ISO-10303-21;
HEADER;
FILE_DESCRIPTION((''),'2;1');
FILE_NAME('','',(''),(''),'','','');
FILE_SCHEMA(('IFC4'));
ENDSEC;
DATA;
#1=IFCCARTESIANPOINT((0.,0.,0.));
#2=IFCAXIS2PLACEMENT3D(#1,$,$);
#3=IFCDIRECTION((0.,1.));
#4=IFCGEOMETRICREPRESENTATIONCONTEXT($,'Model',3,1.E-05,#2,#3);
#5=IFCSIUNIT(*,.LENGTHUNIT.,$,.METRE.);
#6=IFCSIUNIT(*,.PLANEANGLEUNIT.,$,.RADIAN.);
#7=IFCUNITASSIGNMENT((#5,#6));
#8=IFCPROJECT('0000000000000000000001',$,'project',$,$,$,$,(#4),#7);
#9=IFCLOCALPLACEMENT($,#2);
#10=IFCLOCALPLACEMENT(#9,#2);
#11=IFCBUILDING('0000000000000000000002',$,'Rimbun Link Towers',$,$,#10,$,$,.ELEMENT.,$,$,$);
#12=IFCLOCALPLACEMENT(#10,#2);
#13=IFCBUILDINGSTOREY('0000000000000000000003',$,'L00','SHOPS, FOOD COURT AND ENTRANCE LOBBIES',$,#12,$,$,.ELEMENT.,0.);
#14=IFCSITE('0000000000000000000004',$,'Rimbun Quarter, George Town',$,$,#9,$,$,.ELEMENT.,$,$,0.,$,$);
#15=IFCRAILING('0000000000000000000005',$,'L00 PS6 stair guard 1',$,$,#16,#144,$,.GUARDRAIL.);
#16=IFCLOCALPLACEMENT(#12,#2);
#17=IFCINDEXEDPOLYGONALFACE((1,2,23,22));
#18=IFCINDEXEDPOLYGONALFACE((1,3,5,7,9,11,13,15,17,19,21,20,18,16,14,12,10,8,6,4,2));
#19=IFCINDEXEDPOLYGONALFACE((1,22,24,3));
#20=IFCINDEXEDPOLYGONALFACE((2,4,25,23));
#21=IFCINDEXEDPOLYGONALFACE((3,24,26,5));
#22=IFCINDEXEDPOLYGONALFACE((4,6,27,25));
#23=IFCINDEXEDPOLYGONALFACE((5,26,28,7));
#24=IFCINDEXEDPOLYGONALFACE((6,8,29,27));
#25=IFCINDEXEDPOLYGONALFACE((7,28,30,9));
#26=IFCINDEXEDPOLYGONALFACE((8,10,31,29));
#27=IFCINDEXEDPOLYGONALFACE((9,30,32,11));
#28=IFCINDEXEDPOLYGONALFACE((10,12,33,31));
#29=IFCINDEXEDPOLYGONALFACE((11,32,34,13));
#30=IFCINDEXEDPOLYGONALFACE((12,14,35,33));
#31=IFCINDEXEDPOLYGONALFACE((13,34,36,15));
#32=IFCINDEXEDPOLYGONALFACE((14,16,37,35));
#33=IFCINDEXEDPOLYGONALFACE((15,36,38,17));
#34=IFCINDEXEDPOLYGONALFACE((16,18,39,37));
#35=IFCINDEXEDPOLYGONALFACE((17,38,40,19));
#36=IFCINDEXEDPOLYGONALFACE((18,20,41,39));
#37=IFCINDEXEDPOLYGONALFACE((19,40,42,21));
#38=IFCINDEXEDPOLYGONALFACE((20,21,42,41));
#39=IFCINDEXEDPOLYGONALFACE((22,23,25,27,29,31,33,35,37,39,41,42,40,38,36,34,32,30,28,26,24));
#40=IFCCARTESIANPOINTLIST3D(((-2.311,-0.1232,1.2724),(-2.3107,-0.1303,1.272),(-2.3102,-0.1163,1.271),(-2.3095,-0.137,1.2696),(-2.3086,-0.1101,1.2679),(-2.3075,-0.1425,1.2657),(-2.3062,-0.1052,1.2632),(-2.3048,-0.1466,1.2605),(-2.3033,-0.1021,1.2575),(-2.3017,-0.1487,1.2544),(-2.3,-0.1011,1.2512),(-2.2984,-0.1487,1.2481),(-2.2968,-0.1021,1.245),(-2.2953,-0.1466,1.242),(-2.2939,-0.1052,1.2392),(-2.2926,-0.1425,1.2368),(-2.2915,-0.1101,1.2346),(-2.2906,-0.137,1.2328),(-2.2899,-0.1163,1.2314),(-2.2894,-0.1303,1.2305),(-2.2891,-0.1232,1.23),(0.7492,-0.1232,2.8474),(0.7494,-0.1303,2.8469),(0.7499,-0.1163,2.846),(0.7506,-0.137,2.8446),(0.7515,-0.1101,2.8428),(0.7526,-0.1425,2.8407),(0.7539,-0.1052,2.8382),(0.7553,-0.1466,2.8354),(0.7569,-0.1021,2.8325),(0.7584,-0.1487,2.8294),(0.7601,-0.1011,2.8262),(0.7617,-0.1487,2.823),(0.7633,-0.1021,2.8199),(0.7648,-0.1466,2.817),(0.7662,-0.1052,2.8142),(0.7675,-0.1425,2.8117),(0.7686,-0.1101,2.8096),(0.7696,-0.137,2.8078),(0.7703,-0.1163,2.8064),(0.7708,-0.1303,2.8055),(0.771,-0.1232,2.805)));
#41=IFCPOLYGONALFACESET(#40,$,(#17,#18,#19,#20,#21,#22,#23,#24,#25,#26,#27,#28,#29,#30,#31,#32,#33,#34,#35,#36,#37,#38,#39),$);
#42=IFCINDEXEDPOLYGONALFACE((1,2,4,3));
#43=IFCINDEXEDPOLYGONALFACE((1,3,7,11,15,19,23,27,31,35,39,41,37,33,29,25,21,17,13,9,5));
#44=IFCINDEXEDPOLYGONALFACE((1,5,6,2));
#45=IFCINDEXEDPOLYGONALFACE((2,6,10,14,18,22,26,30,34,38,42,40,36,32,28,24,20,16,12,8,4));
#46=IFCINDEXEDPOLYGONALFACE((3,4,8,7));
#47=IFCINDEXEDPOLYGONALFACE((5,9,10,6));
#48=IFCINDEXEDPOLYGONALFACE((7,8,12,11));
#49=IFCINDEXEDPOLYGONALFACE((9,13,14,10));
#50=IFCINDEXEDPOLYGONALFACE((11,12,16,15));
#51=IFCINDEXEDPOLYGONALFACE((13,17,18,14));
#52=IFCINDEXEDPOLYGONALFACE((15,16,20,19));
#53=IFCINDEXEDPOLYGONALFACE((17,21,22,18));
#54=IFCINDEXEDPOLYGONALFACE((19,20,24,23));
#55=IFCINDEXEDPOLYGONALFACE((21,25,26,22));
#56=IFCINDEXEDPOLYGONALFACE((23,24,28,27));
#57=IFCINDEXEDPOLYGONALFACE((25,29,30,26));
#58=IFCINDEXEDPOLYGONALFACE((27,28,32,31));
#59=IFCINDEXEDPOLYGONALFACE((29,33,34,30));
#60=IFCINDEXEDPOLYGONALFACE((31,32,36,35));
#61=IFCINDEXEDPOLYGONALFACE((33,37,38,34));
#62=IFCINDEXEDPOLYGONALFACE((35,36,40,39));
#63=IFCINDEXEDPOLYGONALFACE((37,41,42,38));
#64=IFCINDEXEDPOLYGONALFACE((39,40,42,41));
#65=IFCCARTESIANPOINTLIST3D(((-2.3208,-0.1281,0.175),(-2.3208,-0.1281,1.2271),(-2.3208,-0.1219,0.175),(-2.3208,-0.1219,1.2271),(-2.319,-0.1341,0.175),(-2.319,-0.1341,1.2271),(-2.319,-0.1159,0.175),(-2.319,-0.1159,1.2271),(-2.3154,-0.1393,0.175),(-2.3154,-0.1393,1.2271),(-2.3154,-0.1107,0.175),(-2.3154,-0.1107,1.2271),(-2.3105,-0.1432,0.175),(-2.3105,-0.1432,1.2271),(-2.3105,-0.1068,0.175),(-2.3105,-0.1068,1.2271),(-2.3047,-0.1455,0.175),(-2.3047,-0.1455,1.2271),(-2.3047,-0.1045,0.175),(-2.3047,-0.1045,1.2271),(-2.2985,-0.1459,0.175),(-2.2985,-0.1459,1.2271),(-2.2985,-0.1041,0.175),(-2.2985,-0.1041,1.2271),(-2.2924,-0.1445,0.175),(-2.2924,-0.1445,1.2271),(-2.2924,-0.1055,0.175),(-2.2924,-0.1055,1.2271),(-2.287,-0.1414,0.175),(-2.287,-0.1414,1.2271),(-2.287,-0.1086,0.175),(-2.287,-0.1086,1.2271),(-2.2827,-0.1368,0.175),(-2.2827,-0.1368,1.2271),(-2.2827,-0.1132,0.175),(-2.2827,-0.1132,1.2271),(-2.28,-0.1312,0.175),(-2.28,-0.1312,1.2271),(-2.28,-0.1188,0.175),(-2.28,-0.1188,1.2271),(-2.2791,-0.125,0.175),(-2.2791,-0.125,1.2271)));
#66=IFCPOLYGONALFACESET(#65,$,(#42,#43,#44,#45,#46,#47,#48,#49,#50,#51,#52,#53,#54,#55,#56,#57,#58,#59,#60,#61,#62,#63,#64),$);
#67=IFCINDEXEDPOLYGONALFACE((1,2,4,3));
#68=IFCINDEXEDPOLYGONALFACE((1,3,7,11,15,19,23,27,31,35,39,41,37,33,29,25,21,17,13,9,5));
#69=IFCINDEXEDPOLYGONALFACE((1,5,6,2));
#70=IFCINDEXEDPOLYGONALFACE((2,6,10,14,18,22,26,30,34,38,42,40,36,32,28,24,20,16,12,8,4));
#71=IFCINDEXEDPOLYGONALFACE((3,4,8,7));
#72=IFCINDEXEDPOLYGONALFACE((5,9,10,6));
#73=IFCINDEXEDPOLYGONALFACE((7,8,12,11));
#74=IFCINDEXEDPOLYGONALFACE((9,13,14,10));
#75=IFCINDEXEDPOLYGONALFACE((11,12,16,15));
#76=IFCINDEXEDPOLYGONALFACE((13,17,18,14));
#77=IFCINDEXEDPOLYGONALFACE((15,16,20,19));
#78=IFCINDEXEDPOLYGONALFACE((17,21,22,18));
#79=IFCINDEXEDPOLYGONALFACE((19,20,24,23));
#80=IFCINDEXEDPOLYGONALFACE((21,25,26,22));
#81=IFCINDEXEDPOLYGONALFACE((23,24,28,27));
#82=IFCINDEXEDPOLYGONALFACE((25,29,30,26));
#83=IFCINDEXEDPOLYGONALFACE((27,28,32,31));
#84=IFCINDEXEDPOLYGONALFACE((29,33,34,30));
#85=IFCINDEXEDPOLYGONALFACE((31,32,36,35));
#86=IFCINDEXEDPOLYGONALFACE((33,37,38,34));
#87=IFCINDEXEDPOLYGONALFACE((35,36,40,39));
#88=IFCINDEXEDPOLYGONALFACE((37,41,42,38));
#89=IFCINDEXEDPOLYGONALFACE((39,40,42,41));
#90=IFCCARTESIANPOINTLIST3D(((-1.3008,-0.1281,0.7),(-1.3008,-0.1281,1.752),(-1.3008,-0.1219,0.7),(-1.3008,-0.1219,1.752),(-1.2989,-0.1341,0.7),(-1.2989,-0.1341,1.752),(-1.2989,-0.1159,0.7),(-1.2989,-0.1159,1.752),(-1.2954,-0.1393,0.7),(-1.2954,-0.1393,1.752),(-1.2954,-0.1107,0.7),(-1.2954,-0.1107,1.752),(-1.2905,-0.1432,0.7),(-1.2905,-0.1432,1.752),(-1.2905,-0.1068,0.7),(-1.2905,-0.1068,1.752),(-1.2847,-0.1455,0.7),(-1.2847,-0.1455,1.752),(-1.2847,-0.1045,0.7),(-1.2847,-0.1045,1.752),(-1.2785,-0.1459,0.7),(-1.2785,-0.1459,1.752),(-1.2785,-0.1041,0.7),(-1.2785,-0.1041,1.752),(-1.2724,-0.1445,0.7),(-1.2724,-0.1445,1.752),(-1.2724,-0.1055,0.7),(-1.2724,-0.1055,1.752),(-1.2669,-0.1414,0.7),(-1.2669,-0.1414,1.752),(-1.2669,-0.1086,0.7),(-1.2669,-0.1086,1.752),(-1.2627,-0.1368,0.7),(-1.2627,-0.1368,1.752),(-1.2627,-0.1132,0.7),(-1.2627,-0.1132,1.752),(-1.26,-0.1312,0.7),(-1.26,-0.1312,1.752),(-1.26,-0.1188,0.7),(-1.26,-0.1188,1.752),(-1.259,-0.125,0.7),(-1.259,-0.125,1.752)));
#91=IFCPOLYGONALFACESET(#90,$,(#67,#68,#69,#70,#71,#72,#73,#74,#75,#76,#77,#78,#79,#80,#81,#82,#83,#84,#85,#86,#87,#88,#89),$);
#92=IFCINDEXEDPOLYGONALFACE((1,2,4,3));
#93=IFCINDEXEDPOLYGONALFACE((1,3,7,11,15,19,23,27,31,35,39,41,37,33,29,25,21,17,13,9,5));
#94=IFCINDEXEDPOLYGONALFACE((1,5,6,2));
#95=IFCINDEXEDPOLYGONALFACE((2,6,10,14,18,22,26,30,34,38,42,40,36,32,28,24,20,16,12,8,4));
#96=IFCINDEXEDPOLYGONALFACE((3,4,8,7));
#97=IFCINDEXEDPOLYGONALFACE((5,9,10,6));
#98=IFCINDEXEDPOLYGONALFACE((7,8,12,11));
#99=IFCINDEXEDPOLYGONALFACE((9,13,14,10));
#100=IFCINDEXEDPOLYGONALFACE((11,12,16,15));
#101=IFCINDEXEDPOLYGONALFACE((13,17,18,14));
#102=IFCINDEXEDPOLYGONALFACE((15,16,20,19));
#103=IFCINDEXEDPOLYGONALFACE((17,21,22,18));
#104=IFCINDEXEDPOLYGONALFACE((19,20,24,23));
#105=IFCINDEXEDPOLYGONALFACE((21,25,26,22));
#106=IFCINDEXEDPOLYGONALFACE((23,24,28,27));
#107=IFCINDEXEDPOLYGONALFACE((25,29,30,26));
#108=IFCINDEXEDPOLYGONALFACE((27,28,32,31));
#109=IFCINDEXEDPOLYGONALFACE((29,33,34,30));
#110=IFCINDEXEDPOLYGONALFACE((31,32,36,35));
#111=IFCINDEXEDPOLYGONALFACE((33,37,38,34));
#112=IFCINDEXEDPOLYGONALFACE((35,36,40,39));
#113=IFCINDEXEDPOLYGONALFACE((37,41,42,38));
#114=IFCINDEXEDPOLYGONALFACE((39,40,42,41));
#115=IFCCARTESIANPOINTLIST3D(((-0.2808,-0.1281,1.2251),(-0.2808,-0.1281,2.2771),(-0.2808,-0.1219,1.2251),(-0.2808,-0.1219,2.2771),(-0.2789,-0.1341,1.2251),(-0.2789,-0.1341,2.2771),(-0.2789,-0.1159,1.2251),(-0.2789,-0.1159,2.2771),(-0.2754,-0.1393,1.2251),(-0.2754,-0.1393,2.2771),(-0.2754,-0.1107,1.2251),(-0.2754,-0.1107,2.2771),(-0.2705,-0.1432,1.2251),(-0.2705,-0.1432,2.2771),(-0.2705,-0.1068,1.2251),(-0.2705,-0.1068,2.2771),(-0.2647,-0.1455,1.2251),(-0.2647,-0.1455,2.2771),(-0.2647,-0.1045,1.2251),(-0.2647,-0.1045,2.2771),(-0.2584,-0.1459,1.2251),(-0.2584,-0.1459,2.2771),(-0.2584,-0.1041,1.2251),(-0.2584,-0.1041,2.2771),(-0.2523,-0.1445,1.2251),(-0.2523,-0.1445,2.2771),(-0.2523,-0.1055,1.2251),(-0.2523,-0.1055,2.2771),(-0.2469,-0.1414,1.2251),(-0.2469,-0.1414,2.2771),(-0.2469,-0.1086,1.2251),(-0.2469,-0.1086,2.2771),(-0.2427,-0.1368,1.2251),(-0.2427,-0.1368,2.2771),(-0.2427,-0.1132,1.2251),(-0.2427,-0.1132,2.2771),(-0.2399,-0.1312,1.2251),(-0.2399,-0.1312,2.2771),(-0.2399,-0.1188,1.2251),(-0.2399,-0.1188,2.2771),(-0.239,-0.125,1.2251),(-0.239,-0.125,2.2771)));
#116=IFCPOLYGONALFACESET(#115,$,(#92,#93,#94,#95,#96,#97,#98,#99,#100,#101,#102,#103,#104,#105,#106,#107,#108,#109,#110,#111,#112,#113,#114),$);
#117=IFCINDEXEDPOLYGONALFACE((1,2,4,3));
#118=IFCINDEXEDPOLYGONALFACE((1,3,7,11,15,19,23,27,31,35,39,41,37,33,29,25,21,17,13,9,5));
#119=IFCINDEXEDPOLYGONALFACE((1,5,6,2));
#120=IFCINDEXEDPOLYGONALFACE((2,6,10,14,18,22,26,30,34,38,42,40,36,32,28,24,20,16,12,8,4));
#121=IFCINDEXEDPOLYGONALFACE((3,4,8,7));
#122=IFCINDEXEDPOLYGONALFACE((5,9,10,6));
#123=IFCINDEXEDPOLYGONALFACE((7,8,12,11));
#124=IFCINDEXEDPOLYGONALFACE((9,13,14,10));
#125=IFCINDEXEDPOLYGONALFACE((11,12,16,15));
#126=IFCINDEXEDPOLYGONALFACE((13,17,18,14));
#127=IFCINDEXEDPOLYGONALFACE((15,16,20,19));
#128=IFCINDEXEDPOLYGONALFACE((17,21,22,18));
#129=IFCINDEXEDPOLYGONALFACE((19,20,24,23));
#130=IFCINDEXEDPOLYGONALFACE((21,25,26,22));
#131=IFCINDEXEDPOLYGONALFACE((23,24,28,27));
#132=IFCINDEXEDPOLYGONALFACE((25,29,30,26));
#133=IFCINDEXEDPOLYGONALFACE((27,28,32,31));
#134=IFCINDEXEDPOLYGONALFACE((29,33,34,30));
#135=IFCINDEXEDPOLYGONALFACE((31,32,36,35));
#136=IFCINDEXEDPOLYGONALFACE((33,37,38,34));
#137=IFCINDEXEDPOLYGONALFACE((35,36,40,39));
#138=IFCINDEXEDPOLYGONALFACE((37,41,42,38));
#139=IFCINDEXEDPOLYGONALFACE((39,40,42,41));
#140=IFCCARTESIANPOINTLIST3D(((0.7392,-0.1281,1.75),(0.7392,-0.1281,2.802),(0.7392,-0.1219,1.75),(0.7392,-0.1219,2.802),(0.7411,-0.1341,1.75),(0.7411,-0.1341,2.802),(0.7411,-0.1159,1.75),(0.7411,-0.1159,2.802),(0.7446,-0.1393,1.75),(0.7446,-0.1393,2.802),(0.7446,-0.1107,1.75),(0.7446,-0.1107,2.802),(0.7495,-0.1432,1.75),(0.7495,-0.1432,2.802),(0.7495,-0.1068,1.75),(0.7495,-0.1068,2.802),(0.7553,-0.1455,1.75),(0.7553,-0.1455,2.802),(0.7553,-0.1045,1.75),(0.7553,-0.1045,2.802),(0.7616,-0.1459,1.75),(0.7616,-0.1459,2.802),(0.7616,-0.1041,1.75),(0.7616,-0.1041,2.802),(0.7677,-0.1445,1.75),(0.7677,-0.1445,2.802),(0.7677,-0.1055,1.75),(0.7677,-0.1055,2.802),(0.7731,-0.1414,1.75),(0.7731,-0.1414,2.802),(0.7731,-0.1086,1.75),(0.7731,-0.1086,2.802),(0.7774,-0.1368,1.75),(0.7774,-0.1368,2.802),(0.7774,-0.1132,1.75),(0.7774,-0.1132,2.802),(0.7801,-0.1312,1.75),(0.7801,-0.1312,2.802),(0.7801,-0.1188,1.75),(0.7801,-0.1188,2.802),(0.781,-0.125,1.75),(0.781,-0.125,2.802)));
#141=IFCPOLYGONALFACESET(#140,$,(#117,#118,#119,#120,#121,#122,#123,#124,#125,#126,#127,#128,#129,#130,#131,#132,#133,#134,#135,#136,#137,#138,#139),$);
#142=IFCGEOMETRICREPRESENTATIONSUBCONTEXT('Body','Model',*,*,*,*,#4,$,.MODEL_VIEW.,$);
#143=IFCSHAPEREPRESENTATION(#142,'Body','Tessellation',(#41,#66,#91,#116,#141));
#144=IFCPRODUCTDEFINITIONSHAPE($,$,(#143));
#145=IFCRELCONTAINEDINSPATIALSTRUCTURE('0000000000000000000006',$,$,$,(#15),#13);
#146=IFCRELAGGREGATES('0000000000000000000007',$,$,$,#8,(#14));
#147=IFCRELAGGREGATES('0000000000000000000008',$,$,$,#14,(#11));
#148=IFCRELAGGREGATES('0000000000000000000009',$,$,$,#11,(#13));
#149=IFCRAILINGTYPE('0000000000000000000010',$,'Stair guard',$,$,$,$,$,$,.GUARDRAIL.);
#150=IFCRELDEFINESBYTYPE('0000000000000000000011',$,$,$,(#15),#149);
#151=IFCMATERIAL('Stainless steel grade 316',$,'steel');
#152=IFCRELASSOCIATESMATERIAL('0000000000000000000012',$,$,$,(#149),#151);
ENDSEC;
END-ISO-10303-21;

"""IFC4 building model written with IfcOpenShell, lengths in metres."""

from ifc_helpers import new_model, si_unit, direction, frame, origin, origin_2d, place, context, subcontext, project, spatial, circle, extrude, material, type_object, element, save


model = new_model("IFC4")

# Units and contexts
model_context = context("Model", 3, precision=1e-05, world=origin(), true_north=direction((0.0, 1.0)))
body_context = subcontext(model_context, "Body", "Model", "MODEL_VIEW")
ifc_project = project(units=[si_unit("LENGTHUNIT", "METRE"), si_unit("PLANEANGLEUNIT", "RADIAN")], contexts=[model_context])

# Site, building, storey
site_placement = place(None, origin())
site = spatial("IfcSite", under=ifc_project, at=site_placement, Name="Rimbun Quarter, George Town", CompositionType="ELEMENT", RefElevation=0.0)
building_placement = place(site_placement, origin())
building = spatial("IfcBuilding", under=site, at=building_placement, Name="Rimbun Link Towers", CompositionType="ELEMENT")
storey_placement = place(building_placement, origin())
storey = spatial("IfcBuildingStorey", under=building, at=storey_placement, Name="L00", Description="SHOPS, FOOD COURT AND ENTRANCE LOBBIES", CompositionType="ELEMENT", Elevation=0.0)

# Railing
ifc_material_1 = material(Name="Stainless steel grade 316", Category="steel")
railing_type_1 = type_object("IfcRailingType", Name="Stair guard", PredefinedType="GUARDRAIL", material=ifc_material_1)
railing_1_placement = place(storey_placement, frame((-2.3, -0.125, 0.175)))
element("IfcRailing", 1, at=railing_1_placement, inside=storey, type_object=railing_type_1, Name="L00 PS6 stair guard 1", PredefinedType="GUARDRAIL", context=body_context, shape_type="SweptSolid", body=[
    extrude(circle(Radius=0.0239, at=origin_2d()), frame((0.0, 0.0, 1.0762), z_axis=(0.889145, 0.0, 0.457625), x_axis=(0.0, 1.0, 0.0)), (0.0, 0.0, 1.0), 3.4417),
    extrude(circle(Radius=0.021, at=origin_2d()), origin(), (0.0, 0.0, 1.0), 1.052),
    extrude(circle(Radius=0.021, at=origin_2d()), frame((1.02, 0.0, 0.5249)), (0.0, 0.0, 1.0), 1.052),
    extrude(circle(Radius=0.021, at=origin_2d()), frame((2.04, 0.0, 1.05)), (0.0, 0.0, 1.0), 1.052),
    extrude(circle(Radius=0.021, at=origin_2d()), frame((3.0601, 0.0, 1.575)), (0.0, 0.0, 1.0), 1.052),
])

save(model, "model.ifc")
